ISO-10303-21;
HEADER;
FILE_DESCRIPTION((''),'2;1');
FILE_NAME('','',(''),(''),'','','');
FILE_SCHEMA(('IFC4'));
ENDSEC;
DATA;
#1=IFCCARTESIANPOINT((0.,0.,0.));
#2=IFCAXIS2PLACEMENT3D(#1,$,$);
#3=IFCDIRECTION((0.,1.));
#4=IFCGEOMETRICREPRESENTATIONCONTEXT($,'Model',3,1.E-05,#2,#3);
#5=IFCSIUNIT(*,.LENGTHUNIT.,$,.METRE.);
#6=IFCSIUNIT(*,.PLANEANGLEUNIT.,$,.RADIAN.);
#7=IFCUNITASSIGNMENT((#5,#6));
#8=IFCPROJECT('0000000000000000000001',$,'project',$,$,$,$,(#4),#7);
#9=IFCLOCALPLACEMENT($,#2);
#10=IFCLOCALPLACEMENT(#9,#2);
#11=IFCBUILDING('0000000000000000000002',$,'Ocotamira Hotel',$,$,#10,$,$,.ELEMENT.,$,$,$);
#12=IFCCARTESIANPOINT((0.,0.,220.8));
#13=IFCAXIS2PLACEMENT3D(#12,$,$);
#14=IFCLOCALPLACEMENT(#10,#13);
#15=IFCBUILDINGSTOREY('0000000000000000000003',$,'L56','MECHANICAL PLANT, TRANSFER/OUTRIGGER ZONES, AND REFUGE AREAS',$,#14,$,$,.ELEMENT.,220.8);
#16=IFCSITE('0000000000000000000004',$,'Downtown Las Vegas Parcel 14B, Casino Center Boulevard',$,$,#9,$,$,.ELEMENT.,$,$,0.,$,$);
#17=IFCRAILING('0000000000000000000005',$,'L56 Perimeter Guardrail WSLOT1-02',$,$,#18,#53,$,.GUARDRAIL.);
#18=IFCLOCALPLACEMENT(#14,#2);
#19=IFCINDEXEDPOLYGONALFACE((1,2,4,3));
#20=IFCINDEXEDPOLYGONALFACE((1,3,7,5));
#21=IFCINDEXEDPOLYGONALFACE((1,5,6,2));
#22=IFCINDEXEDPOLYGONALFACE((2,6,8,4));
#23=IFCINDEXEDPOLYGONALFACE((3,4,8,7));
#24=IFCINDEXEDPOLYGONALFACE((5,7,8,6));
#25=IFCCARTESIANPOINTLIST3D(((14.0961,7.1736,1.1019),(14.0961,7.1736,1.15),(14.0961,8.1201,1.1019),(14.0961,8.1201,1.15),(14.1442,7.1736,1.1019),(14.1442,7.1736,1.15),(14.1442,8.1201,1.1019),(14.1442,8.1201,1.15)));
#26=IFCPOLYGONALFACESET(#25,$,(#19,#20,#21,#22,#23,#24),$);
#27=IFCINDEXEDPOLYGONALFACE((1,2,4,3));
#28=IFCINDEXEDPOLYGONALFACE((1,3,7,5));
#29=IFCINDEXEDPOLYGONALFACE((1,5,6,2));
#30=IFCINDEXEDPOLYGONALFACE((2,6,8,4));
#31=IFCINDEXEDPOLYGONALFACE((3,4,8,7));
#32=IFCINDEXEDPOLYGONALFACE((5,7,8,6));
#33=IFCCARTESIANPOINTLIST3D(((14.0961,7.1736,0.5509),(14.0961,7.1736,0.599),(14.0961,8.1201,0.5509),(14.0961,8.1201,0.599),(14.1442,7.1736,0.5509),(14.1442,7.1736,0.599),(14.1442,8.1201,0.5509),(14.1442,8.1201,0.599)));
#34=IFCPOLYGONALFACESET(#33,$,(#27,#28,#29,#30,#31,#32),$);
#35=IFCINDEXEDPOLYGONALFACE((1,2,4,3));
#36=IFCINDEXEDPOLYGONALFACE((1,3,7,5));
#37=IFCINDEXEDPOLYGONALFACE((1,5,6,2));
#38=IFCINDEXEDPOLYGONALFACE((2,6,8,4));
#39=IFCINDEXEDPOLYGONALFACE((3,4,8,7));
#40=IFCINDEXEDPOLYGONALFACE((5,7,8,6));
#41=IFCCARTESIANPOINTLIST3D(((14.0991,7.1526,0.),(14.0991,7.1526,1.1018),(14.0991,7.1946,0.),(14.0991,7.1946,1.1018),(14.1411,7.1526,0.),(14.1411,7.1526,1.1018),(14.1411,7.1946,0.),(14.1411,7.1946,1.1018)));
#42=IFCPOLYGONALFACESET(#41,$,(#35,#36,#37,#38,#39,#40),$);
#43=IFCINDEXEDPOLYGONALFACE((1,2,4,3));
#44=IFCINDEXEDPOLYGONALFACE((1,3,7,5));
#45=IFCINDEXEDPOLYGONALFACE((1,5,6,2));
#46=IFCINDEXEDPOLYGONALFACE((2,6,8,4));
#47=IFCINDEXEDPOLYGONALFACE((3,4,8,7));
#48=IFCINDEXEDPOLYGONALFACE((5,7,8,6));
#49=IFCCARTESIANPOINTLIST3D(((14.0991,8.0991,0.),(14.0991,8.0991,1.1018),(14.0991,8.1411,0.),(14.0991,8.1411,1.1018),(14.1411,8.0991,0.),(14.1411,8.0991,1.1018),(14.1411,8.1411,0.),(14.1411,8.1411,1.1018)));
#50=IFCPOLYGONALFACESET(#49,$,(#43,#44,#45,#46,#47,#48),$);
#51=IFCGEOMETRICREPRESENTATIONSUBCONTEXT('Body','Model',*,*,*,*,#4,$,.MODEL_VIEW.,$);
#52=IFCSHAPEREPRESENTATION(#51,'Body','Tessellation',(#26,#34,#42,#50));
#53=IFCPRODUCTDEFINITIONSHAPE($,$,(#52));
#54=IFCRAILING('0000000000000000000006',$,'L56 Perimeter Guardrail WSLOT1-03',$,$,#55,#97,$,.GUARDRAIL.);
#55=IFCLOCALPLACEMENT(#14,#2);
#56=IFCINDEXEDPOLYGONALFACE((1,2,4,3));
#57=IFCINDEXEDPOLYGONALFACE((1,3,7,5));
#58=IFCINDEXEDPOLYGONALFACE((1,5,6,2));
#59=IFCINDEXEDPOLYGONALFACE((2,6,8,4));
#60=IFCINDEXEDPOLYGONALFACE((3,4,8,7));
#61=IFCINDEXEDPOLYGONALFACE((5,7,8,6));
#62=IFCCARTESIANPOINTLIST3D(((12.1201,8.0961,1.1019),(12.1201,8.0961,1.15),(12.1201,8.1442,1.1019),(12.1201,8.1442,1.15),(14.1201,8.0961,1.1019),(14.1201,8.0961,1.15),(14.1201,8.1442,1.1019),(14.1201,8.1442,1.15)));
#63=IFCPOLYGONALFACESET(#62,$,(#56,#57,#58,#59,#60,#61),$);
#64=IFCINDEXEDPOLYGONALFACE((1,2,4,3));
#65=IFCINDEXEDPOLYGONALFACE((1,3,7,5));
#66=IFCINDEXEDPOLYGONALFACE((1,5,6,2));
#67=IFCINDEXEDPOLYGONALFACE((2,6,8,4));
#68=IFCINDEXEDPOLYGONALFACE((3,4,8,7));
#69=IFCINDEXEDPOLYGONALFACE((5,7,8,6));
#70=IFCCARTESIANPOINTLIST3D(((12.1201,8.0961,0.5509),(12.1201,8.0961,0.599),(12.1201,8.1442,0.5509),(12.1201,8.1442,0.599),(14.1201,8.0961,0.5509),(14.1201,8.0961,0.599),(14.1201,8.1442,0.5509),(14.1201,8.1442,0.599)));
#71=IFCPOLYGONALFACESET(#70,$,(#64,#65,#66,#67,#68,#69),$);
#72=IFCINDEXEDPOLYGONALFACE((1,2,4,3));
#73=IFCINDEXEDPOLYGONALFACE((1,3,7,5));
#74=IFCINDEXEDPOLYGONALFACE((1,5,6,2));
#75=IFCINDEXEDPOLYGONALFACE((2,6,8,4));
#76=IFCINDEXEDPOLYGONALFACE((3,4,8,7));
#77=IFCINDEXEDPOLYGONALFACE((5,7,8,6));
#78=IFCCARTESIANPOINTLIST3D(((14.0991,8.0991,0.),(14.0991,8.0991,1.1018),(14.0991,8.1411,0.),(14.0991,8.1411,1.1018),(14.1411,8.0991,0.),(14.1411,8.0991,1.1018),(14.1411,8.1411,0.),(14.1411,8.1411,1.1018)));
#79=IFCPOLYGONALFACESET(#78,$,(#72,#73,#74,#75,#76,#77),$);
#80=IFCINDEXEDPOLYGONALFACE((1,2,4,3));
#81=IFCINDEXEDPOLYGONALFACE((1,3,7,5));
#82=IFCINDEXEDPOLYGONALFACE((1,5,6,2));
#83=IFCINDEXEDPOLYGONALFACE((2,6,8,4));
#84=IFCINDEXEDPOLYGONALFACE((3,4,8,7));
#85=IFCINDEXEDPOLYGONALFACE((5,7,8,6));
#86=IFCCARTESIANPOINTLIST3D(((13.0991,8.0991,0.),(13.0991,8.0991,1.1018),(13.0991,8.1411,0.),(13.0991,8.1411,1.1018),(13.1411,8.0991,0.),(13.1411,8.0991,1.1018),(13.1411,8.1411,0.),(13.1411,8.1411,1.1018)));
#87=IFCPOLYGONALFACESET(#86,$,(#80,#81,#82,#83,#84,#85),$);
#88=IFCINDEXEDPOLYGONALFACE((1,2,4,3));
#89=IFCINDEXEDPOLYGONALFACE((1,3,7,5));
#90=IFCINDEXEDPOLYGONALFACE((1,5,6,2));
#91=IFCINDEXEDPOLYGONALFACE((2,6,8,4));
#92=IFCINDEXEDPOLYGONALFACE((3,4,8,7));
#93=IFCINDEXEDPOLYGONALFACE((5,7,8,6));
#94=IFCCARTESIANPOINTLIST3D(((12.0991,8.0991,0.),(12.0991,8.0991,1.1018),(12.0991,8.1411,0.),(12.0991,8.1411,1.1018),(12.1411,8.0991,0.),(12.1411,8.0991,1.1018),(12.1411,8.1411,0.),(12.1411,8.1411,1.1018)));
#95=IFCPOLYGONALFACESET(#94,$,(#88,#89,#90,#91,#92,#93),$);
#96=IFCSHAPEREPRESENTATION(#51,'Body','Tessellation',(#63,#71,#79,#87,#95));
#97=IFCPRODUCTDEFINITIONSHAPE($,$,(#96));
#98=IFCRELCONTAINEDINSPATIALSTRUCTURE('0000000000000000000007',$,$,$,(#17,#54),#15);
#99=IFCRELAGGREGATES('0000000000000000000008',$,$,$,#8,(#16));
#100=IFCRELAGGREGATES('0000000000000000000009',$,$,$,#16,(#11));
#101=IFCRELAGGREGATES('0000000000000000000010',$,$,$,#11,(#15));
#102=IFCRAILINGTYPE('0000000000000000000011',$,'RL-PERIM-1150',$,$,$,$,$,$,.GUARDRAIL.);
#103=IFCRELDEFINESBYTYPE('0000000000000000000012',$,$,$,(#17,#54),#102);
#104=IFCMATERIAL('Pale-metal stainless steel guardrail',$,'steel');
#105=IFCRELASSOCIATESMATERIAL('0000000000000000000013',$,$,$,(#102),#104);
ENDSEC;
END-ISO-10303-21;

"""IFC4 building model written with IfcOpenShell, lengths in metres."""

from ifc_helpers import new_model, si_unit, direction, frame, origin, origin_2d, place, context, subcontext, project, spatial, rectangle, extrude, material, type_object, element, save


model = new_model("IFC4")

# Units and contexts
model_context = context("Model", 3, precision=1e-05, world=origin(), true_north=direction((0.0, 1.0)))
body_context = subcontext(model_context, "Body", "Model", "MODEL_VIEW")
ifc_project = project(units=[si_unit("LENGTHUNIT", "METRE"), si_unit("PLANEANGLEUNIT", "RADIAN")], contexts=[model_context])

# Site, building, storey
site_placement = place(None, origin())
site = spatial("IfcSite", under=ifc_project, at=site_placement, Name="Downtown Las Vegas Parcel 14B, Casino Center Boulevard", CompositionType="ELEMENT", RefElevation=0.0)
building_placement = place(site_placement, origin())
building = spatial("IfcBuilding", under=site, at=building_placement, Name="Ocotamira Hotel", CompositionType="ELEMENT")
storey_placement = place(building_placement, frame((0.0, 0.0, 220.8)))
storey = spatial("IfcBuildingStorey", under=building, at=storey_placement, Name="L56", Description="MECHANICAL PLANT, TRANSFER/OUTRIGGER ZONES, AND REFUGE AREAS", CompositionType="ELEMENT", Elevation=220.8)

# Railings
ifc_material_1 = material(Name="Pale-metal stainless steel guardrail", Category="steel")
railing_type = type_object("IfcRailingType", Name="RL-PERIM-1150", PredefinedType="GUARDRAIL", material=ifc_material_1)
railing_1_placement = place(storey_placement, frame((14.1201, 7.1736, 0.0)))
element("IfcRailing", 1, at=railing_1_placement, inside=storey, type_object=railing_type, Name="L56 Perimeter Guardrail WSLOT1-02", PredefinedType="GUARDRAIL", context=body_context, shape_type="SweptSolid", body=[
    extrude(rectangle(XDim=0.0481, YDim=0.0481, at=origin_2d()), frame((0.0, 0.0, 1.126), z_axis=(0.0, 1.0, 0.0), x_axis=(-1.0, 0.0, 0.0)), (0.0, 0.0, 1.0), 0.9465),
    extrude(rectangle(XDim=0.0481, YDim=0.0481, at=origin_2d()), frame((0.0, 0.0, 0.575), z_axis=(0.0, 1.0, 0.0), x_axis=(-1.0, 0.0, 0.0)), (0.0, 0.0, 1.0), 0.9465),
    extrude(rectangle(XDim=0.042, YDim=0.042, at=origin_2d()), origin(), (0.0, 0.0, 1.0), 1.1018),
    extrude(rectangle(XDim=0.042, YDim=0.042, at=origin_2d()), frame((0.0, 0.9465, 0.0)), (0.0, 0.0, 1.0), 1.1018),
])
railing_2_placement = place(storey_placement, frame((14.1201, 8.1201, 0.0)))
element("IfcRailing", 2, at=railing_2_placement, inside=storey, type_object=railing_type, Name="L56 Perimeter Guardrail WSLOT1-03", PredefinedType="GUARDRAIL", context=body_context, shape_type="SweptSolid", body=[
    extrude(rectangle(XDim=0.0481, YDim=0.0481, at=origin_2d()), frame((0.0, 0.0, 1.126), z_axis=(-1.0, 0.0, 0.0), x_axis=(0.0, -1.0, 0.0)), (0.0, 0.0, 1.0), 2.0),
    extrude(rectangle(XDim=0.0481, YDim=0.0481, at=origin_2d()), frame((0.0, 0.0, 0.575), z_axis=(-1.0, 0.0, 0.0), x_axis=(0.0, -1.0, 0.0)), (0.0, 0.0, 1.0), 2.0),
    extrude(rectangle(XDim=0.042, YDim=0.042, at=origin_2d()), origin(), (0.0, 0.0, 1.0), 1.1018),
    extrude(rectangle(XDim=0.042, YDim=0.042, at=origin_2d()), frame((-1.0, 0.0, 0.0)), (0.0, 0.0, 1.0), 1.1018),
    extrude(rectangle(XDim=0.042, YDim=0.042, at=origin_2d()), frame((-2.0, 0.0, 0.0)), (0.0, 0.0, 1.0), 1.1018),
])

save(model, "model.ifc")
